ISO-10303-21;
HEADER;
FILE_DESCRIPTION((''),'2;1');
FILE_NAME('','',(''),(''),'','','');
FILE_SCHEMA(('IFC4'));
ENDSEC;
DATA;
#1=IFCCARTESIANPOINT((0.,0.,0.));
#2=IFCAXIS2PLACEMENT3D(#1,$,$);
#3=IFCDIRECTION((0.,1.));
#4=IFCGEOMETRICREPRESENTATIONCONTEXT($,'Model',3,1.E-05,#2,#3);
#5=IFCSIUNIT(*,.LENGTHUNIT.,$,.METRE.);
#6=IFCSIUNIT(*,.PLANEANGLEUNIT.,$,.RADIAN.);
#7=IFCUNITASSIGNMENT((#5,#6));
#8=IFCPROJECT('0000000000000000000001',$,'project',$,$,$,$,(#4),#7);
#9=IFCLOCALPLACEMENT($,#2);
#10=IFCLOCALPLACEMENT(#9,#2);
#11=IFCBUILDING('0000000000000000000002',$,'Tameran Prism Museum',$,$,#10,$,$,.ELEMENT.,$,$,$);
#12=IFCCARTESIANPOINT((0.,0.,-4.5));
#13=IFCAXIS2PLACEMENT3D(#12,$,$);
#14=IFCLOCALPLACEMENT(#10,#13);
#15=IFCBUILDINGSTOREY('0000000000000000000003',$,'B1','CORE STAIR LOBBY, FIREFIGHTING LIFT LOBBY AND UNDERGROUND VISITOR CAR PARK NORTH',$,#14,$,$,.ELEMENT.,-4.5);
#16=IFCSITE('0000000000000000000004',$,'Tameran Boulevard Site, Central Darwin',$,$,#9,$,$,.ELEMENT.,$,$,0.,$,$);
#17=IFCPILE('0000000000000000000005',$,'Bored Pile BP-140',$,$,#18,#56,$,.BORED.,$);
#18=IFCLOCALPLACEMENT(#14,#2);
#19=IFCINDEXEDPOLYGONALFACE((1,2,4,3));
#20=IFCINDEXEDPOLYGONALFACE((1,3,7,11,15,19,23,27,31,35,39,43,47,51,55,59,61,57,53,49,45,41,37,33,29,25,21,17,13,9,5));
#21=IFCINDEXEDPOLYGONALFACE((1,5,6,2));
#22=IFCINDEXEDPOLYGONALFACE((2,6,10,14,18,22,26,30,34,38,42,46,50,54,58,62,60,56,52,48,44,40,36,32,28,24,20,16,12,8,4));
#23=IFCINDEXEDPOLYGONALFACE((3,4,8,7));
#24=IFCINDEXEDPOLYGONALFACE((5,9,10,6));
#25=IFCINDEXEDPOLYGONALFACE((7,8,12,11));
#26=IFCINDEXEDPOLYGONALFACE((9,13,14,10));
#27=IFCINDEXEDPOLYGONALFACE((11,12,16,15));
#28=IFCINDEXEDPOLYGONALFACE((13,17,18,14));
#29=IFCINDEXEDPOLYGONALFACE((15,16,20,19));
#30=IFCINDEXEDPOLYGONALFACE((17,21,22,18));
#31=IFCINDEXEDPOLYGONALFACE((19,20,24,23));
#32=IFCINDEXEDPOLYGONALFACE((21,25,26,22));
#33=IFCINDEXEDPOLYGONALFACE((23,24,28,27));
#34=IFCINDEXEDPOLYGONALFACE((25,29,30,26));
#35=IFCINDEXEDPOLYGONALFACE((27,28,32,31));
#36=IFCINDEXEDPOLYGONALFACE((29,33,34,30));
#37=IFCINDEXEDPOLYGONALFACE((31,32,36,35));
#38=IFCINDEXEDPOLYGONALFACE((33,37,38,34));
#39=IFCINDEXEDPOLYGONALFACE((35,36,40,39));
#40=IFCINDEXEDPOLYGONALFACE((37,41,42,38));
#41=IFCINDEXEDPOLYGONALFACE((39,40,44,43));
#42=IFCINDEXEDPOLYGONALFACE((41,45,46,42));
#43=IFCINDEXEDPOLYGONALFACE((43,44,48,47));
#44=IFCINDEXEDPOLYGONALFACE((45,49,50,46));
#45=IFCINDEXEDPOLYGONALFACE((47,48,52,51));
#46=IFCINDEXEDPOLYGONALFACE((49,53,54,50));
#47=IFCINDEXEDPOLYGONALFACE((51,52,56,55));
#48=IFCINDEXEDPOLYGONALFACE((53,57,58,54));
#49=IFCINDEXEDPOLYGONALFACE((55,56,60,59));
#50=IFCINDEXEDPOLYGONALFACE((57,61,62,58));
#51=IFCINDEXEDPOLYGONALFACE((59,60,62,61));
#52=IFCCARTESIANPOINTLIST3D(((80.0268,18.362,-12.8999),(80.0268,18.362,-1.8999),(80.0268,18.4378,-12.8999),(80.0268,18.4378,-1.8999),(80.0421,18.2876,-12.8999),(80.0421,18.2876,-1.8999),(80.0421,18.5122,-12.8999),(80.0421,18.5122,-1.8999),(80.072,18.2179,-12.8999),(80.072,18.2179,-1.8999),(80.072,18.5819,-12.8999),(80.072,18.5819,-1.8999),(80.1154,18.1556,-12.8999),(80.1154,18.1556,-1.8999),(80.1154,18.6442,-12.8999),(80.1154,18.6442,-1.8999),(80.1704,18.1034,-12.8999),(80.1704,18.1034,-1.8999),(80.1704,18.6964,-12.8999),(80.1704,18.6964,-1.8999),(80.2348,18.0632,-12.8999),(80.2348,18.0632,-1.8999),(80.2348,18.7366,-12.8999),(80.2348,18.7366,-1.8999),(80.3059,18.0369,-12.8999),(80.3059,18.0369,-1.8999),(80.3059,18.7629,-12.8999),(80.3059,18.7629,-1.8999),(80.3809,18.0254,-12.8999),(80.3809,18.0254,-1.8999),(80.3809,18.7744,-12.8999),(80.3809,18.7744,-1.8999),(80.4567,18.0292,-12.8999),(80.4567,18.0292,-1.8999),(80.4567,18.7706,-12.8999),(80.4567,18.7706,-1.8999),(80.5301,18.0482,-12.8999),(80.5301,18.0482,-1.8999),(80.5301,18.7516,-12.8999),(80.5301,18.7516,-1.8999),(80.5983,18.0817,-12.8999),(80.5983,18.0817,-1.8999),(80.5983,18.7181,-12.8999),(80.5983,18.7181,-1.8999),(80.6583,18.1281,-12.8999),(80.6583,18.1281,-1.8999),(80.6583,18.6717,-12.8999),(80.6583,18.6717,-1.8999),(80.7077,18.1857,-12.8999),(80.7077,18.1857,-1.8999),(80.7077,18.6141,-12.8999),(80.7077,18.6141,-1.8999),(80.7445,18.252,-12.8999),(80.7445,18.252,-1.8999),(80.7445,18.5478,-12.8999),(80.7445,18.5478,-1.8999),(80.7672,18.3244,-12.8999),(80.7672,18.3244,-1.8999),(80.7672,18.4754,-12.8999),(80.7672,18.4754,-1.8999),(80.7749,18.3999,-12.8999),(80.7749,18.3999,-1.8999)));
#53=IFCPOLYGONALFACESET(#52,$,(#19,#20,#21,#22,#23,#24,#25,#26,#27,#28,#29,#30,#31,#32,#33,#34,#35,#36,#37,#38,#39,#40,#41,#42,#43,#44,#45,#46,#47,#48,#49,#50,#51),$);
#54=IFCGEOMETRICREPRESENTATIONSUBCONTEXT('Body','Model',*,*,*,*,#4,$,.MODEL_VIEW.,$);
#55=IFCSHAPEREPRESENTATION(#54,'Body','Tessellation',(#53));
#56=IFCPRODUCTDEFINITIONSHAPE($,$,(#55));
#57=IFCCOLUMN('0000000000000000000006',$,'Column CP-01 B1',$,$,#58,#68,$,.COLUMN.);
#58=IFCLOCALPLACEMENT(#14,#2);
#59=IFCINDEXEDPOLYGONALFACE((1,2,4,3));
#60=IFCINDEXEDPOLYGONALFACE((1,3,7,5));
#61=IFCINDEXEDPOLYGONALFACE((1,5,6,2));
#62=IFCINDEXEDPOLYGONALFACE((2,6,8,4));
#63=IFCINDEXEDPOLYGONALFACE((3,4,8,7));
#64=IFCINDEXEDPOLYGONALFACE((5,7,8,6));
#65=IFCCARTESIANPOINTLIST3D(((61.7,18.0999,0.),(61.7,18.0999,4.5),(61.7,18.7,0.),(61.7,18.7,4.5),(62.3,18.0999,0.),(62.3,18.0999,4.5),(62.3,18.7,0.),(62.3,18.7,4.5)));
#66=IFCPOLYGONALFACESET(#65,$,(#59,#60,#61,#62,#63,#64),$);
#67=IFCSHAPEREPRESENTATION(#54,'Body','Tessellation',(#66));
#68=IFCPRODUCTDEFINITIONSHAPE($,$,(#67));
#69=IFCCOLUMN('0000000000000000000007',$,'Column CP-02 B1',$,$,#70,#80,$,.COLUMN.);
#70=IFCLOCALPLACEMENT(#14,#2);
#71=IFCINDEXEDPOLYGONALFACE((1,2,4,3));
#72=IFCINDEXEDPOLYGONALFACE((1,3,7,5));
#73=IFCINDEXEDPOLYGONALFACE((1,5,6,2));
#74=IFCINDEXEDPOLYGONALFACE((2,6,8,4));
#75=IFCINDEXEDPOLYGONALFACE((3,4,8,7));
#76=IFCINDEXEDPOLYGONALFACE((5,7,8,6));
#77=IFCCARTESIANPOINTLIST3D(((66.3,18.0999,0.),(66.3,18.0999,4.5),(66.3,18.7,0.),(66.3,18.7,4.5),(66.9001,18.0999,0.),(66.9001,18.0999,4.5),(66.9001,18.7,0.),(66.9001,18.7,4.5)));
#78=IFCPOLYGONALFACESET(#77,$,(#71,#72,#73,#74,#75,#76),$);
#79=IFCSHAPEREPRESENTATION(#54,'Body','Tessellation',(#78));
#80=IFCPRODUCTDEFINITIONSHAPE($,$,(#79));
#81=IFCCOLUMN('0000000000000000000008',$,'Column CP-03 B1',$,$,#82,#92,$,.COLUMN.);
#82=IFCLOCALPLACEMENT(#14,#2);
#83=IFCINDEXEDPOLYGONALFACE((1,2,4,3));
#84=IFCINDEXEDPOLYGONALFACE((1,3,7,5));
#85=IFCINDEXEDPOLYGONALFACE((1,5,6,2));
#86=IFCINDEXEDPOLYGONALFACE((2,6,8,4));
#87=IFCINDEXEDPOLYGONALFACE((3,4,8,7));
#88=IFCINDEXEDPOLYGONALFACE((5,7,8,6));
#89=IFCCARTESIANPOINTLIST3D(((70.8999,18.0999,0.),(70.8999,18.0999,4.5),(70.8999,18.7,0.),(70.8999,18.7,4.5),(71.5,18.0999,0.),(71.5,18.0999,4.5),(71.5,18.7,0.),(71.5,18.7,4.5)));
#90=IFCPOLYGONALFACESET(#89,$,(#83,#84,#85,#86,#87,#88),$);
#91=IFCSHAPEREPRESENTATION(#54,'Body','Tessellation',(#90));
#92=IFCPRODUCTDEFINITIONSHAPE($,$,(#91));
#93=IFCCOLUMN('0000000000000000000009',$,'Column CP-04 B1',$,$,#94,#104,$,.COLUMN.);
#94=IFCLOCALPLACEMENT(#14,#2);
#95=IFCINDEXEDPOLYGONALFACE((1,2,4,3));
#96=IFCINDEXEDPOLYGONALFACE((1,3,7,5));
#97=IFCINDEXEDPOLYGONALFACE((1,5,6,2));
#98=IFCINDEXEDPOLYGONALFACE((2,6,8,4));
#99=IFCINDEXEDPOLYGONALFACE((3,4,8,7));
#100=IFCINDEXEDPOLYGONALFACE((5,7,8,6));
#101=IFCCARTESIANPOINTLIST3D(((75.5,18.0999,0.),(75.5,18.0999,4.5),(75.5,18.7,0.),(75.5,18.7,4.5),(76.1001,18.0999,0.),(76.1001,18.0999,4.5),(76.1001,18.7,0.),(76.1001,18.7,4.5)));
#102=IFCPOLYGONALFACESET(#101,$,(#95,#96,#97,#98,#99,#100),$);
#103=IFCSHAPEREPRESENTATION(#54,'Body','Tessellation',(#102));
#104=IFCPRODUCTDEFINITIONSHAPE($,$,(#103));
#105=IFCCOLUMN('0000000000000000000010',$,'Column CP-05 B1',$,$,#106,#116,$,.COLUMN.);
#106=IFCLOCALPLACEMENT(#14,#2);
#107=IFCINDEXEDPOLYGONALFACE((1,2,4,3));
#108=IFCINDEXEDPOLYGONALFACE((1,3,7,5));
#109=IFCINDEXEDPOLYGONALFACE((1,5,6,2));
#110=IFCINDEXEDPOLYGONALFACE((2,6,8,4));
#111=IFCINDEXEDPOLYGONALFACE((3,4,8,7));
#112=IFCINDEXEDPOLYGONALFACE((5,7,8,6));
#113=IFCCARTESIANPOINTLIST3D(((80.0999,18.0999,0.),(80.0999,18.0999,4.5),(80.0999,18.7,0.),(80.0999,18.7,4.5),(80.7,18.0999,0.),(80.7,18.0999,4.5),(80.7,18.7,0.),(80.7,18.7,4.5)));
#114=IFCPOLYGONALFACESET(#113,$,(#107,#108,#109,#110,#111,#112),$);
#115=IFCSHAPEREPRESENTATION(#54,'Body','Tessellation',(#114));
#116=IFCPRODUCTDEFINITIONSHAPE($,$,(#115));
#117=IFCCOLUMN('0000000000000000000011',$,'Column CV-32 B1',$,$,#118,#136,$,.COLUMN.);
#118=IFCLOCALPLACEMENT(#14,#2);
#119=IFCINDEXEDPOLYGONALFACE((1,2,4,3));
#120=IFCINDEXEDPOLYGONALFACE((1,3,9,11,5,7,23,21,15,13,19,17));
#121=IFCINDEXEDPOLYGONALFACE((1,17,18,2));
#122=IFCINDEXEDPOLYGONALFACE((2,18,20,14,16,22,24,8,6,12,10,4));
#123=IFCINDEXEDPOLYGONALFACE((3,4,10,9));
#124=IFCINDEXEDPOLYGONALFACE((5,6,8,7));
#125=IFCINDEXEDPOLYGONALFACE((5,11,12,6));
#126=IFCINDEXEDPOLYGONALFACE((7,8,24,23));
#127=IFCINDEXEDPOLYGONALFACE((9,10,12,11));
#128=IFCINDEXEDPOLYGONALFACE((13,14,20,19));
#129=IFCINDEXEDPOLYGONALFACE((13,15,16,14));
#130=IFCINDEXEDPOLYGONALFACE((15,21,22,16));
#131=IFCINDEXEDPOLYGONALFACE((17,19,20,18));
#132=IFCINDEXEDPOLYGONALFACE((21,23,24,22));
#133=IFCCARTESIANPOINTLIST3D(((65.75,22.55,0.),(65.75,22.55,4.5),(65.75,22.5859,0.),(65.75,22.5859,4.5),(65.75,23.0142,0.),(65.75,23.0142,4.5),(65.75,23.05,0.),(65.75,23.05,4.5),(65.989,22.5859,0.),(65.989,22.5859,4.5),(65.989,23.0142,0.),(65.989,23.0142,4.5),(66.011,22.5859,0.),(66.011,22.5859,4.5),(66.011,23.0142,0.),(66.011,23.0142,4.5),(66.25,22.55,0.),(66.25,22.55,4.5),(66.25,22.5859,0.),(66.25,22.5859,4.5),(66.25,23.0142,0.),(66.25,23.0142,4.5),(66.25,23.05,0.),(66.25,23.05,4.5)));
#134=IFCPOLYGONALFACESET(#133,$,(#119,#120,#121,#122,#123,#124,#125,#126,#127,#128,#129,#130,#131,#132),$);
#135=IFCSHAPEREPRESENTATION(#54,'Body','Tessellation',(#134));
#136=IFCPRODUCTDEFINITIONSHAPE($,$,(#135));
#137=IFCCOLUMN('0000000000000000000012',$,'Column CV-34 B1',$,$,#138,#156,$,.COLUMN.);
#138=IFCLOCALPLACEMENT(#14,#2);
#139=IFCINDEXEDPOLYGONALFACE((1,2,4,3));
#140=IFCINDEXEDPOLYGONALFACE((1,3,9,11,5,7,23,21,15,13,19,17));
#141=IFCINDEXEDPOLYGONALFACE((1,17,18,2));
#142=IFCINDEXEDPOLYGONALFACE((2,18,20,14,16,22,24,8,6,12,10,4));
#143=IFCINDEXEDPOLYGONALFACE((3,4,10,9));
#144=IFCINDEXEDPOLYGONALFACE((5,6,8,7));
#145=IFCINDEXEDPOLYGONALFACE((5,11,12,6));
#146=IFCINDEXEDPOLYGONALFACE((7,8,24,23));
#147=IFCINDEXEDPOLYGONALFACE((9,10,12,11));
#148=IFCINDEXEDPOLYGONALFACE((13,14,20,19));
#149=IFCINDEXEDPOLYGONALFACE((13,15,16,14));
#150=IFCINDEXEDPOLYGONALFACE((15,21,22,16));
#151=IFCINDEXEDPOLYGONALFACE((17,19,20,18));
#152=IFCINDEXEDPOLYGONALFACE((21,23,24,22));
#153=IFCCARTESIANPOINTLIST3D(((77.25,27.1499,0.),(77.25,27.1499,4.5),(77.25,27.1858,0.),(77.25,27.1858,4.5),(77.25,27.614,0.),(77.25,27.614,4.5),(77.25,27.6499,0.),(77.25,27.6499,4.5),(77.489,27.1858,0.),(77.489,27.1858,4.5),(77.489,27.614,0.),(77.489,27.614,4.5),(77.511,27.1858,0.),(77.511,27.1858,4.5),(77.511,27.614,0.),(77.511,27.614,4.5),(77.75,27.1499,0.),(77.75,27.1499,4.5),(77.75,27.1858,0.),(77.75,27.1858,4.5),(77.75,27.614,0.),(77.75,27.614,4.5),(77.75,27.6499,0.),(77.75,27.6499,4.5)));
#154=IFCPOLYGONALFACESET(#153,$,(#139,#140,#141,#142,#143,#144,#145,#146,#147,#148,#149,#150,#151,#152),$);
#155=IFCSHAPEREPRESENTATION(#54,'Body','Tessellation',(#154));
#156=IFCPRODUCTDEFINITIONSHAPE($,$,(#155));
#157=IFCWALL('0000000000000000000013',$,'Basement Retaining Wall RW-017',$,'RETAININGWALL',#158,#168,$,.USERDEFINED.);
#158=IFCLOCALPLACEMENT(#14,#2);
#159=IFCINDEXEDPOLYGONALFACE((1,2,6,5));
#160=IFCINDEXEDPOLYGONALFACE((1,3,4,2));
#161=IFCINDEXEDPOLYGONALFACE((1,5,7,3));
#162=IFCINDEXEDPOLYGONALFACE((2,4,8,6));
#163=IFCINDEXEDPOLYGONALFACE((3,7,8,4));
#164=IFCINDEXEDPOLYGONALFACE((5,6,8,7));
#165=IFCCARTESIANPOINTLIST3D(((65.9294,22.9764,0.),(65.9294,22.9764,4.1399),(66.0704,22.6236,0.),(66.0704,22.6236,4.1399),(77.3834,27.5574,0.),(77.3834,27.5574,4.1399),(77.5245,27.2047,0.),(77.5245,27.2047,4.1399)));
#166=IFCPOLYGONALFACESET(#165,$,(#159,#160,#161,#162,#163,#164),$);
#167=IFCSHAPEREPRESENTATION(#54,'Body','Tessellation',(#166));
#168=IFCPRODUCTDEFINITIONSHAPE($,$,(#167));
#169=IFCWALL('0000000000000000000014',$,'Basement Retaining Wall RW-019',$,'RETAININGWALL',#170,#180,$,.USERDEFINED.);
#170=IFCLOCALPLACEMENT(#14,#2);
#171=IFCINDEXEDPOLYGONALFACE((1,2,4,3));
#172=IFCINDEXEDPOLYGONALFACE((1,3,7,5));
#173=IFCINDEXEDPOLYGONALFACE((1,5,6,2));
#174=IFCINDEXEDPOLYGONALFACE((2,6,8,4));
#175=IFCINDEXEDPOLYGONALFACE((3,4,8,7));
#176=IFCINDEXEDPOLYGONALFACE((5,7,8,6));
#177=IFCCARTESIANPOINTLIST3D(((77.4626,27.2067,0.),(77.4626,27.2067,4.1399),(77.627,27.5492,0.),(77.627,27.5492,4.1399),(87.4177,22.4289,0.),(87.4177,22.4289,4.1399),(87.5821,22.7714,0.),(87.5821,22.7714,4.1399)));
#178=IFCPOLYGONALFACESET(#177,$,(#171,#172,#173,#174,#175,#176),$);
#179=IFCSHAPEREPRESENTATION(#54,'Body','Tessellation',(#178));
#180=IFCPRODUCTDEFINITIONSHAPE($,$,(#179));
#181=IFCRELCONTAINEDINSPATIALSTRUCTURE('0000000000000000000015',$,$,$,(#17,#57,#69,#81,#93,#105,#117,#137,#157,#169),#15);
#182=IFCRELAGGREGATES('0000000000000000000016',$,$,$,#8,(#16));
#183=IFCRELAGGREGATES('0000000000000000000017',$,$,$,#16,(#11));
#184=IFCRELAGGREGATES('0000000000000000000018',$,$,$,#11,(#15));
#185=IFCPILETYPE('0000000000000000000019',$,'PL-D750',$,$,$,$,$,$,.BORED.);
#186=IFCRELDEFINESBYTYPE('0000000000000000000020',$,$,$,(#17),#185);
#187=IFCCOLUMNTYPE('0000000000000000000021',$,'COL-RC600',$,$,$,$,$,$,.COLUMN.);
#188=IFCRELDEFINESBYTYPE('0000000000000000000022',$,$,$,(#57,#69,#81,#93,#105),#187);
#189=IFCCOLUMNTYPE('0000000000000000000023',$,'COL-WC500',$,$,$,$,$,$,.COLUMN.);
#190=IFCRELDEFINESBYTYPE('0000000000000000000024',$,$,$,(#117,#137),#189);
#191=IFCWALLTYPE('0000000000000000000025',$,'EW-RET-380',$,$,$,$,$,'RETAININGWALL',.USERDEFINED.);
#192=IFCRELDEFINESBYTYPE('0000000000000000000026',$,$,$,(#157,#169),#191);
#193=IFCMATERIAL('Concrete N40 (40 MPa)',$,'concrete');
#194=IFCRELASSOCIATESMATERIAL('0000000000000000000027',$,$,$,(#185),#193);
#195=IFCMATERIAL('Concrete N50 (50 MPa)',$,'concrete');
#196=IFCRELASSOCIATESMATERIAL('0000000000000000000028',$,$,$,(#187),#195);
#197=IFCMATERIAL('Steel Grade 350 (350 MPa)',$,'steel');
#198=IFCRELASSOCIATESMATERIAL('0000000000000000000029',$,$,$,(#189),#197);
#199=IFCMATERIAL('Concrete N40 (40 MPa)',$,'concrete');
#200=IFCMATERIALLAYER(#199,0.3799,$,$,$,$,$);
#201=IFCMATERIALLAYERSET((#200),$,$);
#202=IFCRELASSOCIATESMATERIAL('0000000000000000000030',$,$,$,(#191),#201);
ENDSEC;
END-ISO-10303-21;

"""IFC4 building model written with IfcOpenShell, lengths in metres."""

from ifc_helpers import new_model, si_unit, direction, frame, frame_2d, origin, origin_2d, place, context, subcontext, project, spatial, rectangle, circle, i_section, extrude, material, layer, layer_set, material_profile, profile_set, type_object, element, save


model = new_model("IFC4")

# Units and contexts
model_context = context("Model", 3, precision=1e-05, world=origin(), true_north=direction((0.0, 1.0)))
body_context = subcontext(model_context, "Body", "Model", "MODEL_VIEW")
ifc_project = project(units=[si_unit("LENGTHUNIT", "METRE"), si_unit("PLANEANGLEUNIT", "RADIAN")], contexts=[model_context])

# Site, building, storey
site_placement = place(None, origin())
site = spatial("IfcSite", under=ifc_project, at=site_placement, Name="Tameran Boulevard Site, Central Darwin", CompositionType="ELEMENT", RefElevation=0.0)
building_placement = place(site_placement, origin())
building = spatial("IfcBuilding", under=site, at=building_placement, Name="Tameran Prism Museum", CompositionType="ELEMENT")
storey_placement = place(building_placement, frame((0.0, 0.0, -4.5)))
storey = spatial("IfcBuildingStorey", under=building, at=storey_placement, Name="B1", Description="CORE STAIR LOBBY, FIREFIGHTING LIFT LOBBY AND UNDERGROUND VISITOR CAR PARK NORTH", CompositionType="ELEMENT", Elevation=-4.5)

# Pile
ifc_material_1 = material(Name="Concrete N40 (40 MPa)", Category="concrete")
ifc_material_profile_1 = material_profile(ifc_material_1, circle(Radius=0.375, at=origin_2d()))
ifc_profile_set_1 = profile_set([ifc_material_profile_1])
pile_type = type_object("IfcPileType", Name="PL-D750", PredefinedType="BORED", material=ifc_profile_set_1)
for number, where, z_axis, x_axis, name in (
    (1, (80.3999, 18.3999, -1.8999), (0.0, 0.0, -1.0), (1.0, 0.0, 0.0), "Bored Pile BP-140"),
):
    element("IfcPile", number, at=place(storey_placement, frame(where, z_axis=z_axis, x_axis=x_axis)), inside=storey, type_object=pile_type, Name=name, PredefinedType="BORED", context=body_context, shape_type="SweptSolid", body=[
        extrude(circle(Radius=0.375, at=origin_2d()), origin(), (0.0, 0.0, 1.0), 11.0),
    ])

# Columns
ifc_material_2 = material(Name="Concrete N50 (50 MPa)", Category="concrete")
ifc_material_profile_2 = material_profile(ifc_material_2, rectangle(XDim=0.6001, YDim=0.6001, at=origin_2d()))
ifc_profile_set_2 = profile_set([ifc_material_profile_2])
column_type_1 = type_object("IfcColumnType", Name="COL-RC600", PredefinedType="COLUMN", material=ifc_profile_set_2)
for number, where, z_axis, x_axis, name in (
    (2, (62.0, 18.3999, 0.0), (0.0, 0.0, 1.0), (1.0, 0.0, 0.0), "Column CP-01 B1"),
    (3, (66.6001, 18.3999, 0.0), (0.0, 0.0, 1.0), (1.0, 0.0, 0.0), "Column CP-02 B1"),
    (4, (71.2, 18.3999, 0.0), (0.0, 0.0, 1.0), (1.0, 0.0, 0.0), "Column CP-03 B1"),
    (5, (75.8, 18.3999, 0.0), (0.0, 0.0, 1.0), (1.0, 0.0, 0.0), "Column CP-04 B1"),
    (6, (80.3999, 18.3999, 0.0), (0.0, 0.0, 1.0), (1.0, 0.0, 0.0), "Column CP-05 B1"),
):
    element("IfcColumn", number, at=place(storey_placement, frame(where, z_axis=z_axis, x_axis=x_axis)), inside=storey, type_object=column_type_1, Name=name, PredefinedType="COLUMN", context=body_context, shape_type="SweptSolid", body=[
        extrude(rectangle(XDim=0.6001, YDim=0.6001, at=origin_2d()), origin(), (0.0, 0.0, 1.0), 4.5),
    ])
ifc_material_3 = material(Name="Steel Grade 350 (350 MPa)", Category="steel")
ifc_material_profile_3 = material_profile(ifc_material_3, i_section(OverallWidth=0.5, OverallDepth=0.5, WebThickness=0.022, FlangeThickness=0.0359, at=origin_2d()))
ifc_profile_set_3 = profile_set([ifc_material_profile_3])
column_type_2 = type_object("IfcColumnType", Name="COL-WC500", PredefinedType="COLUMN", material=ifc_profile_set_3)
for number, where, z_axis, x_axis, name in (
    (7, (66.0, 22.8, 0.0), (0.0, 0.0, 1.0), (1.0, 0.0, 0.0), "Column CV-32 B1"),
    (8, (77.5, 27.3999, 0.0), (0.0, 0.0, 1.0), (1.0, 0.0, 0.0), "Column CV-34 B1"),
):
    element("IfcColumn", number, at=place(storey_placement, frame(where, z_axis=z_axis, x_axis=x_axis)), inside=storey, type_object=column_type_2, Name=name, PredefinedType="COLUMN", context=body_context, shape_type="SweptSolid", body=[
        extrude(i_section(OverallWidth=0.5, OverallDepth=0.5, WebThickness=0.022, FlangeThickness=0.0359, at=origin_2d()), origin(), (0.0, 0.0, 1.0), 4.5),
    ])

# Walls
ifc_material_4 = material(Name="Concrete N40 (40 MPa)", Category="concrete")
ifc_layer = layer(ifc_material_4, 0.3799)
ifc_layer_set = layer_set([ifc_layer])
wall_type = type_object("IfcWallType", Name="EW-RET-380", ElementType="RETAININGWALL", PredefinedType="USERDEFINED", material=ifc_layer_set)
wall_1_placement = place(storey_placement, frame((66.0, 22.8, 0.0), z_axis=(0.0, 0.0, 1.0), x_axis=(0.928493, 0.37135, 0.0)))
element("IfcWall", 9, at=wall_1_placement, inside=storey, type_object=wall_type, Name="Basement Retaining Wall RW-017", ObjectType="RETAININGWALL", PredefinedType="USERDEFINED", context=body_context, shape_type="SweptSolid", body=[
    extrude(rectangle(XDim=12.3362, YDim=0.3799, at=frame_2d((6.168, 0.0))), origin(), (0.0, 0.0, 1.0), 4.1399),
])
wall_2_placement = place(storey_placement, frame((77.5449, 27.3779, 0.0), z_axis=(0.0, 0.0, 1.0), x_axis=(0.901544, -0.432687, 0.0)))
element("IfcWall", 10, at=wall_2_placement, inside=storey, type_object=wall_type, Name="Basement Retaining Wall RW-019", ObjectType="RETAININGWALL", PredefinedType="USERDEFINED", context=body_context, shape_type="SweptSolid", body=[
    extrude(rectangle(XDim=11.0422, YDim=0.3799, at=frame_2d((5.521, 0.0))), origin(), (0.0, 0.0, 1.0), 4.1399),
])

save(model, "model.ifc")
